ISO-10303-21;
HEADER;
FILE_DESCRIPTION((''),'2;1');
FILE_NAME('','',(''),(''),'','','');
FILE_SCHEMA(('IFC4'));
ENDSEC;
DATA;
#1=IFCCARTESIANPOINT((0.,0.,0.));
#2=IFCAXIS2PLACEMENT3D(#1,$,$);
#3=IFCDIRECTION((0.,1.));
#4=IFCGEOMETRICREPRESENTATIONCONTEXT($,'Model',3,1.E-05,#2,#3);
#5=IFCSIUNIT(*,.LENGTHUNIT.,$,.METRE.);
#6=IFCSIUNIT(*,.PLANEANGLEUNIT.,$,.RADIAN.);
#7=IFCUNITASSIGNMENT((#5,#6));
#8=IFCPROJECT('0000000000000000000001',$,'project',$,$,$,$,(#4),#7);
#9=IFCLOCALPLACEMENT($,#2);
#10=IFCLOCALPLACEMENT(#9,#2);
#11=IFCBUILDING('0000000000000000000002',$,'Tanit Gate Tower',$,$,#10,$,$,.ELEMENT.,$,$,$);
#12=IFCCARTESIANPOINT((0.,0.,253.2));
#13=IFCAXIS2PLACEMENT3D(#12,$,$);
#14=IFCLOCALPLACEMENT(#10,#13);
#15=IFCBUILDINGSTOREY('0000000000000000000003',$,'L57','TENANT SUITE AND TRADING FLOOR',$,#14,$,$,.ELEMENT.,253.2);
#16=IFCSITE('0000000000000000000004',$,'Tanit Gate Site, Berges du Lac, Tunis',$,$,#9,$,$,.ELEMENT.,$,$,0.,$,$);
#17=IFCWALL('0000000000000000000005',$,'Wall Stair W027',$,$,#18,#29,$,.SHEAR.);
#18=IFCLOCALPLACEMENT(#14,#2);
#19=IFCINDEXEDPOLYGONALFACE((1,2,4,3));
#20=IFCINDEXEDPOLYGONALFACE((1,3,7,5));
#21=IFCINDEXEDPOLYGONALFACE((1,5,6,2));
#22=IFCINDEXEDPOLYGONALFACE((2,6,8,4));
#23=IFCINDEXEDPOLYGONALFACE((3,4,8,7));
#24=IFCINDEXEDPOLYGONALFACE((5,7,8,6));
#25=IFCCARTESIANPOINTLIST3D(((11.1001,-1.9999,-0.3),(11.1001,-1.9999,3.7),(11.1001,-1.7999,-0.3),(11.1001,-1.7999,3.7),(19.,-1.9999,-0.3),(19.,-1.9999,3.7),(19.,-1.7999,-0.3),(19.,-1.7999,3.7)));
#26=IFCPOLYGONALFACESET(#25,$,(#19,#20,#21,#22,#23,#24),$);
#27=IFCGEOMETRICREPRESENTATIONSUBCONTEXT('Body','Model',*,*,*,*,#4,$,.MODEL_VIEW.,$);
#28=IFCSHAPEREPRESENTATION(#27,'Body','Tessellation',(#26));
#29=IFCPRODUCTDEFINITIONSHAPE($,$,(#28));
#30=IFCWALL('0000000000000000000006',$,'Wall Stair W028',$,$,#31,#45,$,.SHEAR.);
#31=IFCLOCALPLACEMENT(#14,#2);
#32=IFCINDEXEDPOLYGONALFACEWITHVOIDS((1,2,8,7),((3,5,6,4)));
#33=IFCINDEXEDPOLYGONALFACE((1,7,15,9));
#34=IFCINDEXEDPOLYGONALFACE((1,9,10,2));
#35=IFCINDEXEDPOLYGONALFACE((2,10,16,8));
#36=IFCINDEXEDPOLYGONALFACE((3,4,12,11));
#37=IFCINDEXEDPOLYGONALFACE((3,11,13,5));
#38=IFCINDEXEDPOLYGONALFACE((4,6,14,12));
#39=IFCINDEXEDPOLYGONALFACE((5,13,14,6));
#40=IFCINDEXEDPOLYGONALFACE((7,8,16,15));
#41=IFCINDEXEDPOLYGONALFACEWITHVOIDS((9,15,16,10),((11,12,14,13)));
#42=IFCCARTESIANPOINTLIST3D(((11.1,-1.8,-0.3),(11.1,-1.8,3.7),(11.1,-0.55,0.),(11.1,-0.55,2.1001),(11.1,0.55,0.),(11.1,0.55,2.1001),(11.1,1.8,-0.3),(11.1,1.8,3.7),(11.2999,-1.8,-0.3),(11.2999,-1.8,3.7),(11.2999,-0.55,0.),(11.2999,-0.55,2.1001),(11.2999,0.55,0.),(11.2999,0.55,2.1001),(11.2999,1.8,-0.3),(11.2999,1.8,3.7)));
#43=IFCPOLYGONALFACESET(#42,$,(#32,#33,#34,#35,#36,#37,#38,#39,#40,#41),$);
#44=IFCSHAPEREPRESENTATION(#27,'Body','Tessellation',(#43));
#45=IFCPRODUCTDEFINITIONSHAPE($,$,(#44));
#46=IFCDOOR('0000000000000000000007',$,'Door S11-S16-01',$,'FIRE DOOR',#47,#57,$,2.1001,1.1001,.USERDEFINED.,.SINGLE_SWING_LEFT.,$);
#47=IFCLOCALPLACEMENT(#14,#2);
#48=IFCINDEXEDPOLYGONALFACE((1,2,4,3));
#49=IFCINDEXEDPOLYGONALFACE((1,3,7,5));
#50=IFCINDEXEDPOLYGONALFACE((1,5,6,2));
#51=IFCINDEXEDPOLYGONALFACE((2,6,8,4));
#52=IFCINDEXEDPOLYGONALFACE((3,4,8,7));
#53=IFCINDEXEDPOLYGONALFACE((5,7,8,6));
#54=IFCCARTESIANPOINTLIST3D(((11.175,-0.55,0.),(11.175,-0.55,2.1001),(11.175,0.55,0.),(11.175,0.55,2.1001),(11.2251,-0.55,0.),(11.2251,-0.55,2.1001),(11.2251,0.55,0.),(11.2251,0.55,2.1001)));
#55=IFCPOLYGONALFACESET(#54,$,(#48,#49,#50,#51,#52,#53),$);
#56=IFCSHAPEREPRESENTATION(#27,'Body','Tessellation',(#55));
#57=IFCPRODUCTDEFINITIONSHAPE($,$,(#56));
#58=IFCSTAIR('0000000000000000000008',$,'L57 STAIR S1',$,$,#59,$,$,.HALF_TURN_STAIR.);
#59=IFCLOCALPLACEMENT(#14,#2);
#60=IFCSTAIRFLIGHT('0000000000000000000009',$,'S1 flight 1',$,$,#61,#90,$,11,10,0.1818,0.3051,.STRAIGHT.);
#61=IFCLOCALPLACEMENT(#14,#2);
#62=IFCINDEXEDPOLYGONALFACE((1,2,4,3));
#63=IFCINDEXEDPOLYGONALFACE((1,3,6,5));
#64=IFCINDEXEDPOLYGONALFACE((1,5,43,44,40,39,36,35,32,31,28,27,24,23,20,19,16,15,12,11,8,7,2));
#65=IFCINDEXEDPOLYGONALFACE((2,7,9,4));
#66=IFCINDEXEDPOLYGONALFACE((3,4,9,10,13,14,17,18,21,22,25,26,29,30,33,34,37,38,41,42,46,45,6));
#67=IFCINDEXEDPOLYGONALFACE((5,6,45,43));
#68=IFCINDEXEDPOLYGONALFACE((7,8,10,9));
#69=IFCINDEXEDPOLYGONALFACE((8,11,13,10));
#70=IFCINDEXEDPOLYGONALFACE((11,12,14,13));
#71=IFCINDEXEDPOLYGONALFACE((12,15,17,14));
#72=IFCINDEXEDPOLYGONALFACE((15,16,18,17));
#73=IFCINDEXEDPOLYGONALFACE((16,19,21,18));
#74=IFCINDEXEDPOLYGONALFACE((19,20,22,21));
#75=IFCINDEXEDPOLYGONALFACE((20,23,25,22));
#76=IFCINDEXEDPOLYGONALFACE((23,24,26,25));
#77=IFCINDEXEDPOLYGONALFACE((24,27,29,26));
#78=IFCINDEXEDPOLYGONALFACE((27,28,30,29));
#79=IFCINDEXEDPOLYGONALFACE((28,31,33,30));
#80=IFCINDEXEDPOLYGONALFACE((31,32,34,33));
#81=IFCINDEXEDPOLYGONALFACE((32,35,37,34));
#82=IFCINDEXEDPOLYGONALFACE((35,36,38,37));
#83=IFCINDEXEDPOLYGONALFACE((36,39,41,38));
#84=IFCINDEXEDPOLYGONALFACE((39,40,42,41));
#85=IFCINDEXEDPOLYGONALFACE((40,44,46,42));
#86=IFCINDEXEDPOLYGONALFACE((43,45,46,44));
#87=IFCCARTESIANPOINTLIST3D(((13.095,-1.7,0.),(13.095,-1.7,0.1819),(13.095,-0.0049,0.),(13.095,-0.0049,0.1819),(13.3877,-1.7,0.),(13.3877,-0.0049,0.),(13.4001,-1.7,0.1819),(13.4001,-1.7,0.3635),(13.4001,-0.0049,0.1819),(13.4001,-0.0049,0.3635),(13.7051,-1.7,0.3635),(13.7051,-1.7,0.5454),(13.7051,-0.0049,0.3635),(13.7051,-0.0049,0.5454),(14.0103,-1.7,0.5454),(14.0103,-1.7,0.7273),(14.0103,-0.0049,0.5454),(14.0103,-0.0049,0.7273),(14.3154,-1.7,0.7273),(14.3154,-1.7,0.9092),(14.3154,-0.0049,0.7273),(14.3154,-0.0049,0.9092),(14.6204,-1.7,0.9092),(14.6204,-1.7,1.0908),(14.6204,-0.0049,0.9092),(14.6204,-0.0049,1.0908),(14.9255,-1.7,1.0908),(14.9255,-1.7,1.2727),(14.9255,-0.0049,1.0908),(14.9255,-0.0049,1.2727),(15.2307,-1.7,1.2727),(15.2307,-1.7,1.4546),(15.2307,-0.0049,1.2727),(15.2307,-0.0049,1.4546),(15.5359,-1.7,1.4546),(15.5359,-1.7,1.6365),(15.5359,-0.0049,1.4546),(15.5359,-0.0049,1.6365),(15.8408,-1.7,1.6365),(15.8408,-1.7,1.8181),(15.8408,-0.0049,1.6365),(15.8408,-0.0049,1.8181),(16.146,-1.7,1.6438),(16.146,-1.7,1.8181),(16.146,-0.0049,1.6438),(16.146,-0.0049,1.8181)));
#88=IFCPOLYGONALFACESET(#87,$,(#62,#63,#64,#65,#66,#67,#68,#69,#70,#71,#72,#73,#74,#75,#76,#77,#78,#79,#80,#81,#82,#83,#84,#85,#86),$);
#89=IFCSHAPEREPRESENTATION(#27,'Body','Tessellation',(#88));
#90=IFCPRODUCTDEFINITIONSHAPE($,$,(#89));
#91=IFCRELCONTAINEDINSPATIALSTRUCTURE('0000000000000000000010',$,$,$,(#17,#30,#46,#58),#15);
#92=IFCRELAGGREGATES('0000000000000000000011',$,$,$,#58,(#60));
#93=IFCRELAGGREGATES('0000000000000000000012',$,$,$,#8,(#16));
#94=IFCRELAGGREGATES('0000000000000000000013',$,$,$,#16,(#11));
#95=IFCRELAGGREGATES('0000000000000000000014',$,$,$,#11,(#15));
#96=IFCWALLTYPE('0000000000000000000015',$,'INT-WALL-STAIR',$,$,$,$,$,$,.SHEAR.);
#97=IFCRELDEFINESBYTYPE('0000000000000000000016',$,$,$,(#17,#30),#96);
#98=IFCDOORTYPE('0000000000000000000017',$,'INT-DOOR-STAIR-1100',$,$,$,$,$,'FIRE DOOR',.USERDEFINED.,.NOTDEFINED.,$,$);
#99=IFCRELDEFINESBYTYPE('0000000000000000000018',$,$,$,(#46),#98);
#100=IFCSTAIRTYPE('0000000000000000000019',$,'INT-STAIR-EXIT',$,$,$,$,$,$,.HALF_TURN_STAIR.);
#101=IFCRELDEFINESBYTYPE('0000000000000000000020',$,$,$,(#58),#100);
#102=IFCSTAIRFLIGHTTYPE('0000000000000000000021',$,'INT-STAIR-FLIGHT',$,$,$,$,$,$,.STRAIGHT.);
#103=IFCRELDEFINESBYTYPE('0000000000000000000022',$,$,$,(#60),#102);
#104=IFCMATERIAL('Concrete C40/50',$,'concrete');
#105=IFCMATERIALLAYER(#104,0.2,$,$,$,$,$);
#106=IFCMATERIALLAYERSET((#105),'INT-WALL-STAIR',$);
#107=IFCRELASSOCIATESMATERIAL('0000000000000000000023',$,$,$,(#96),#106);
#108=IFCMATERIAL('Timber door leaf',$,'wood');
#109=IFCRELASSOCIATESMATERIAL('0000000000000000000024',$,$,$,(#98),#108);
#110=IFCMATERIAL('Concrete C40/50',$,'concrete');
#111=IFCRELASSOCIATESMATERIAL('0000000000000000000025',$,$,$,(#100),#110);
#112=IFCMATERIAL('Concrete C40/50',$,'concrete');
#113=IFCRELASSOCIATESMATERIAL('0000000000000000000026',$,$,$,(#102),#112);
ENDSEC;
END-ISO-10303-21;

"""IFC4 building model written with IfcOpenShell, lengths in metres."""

from ifc_helpers import new_model, si_unit, direction, frame, frame_2d, origin, place, context, subcontext, project, spatial, polyline, rectangle, outline, extrude, material, layer, layer_set, type_object, element, fill, aggregate, save


model = new_model("IFC4")

# Units and contexts
model_context = context("Model", 3, precision=1e-05, world=origin(), true_north=direction((0.0, 1.0)))
body_context = subcontext(model_context, "Body", "Model", "MODEL_VIEW")
ifc_project = project(units=[si_unit("LENGTHUNIT", "METRE"), si_unit("PLANEANGLEUNIT", "RADIAN")], contexts=[model_context])

# Site, building, storey
site_placement = place(None, origin())
site = spatial("IfcSite", under=ifc_project, at=site_placement, Name="Tanit Gate Site, Berges du Lac, Tunis", CompositionType="ELEMENT", RefElevation=0.0)
building_placement = place(site_placement, origin())
building = spatial("IfcBuilding", under=site, at=building_placement, Name="Tanit Gate Tower", CompositionType="ELEMENT")
storey_placement = place(building_placement, frame((0.0, 0.0, 253.2)))
storey = spatial("IfcBuildingStorey", under=building, at=storey_placement, Name="L57", Description="TENANT SUITE AND TRADING FLOOR", CompositionType="ELEMENT", Elevation=253.2)

# Wall
ifc_material_1 = material(Name="Concrete C40/50", Category="concrete")
ifc_layer_1 = layer(ifc_material_1, 0.2)
ifc_layer_set_1 = layer_set([ifc_layer_1], Name="INT-WALL-STAIR")
wall_type_1 = type_object("IfcWallType", Name="INT-WALL-STAIR", PredefinedType="SHEAR", material=ifc_layer_set_1)
wall_1_placement = place(storey_placement, frame((11.1001, -1.8999, -0.3), z_axis=(0.0, 0.0, 1.0), x_axis=(1.0, 0.0, 0.0)))
element("IfcWall", 1, at=wall_1_placement, inside=storey, type_object=wall_type_1, Name="Wall Stair W027", PredefinedType="SHEAR", context=body_context, shape_type="SweptSolid", body=[
    extrude(rectangle(XDim=7.8999, YDim=0.2, at=frame_2d((3.95, 0.0))), origin(), (0.0, 0.0, 1.0), 4.0),
])

# Wall, opening, door
wall_2_placement = place(storey_placement, frame((11.2, -1.8, -0.3), z_axis=(0.0, 0.0, 1.0), x_axis=(0.0, 1.0, 0.0)))
wall_2 = element("IfcWall", 2, at=wall_2_placement, inside=storey, type_object=wall_type_1, Name="Wall Stair W028", PredefinedType="SHEAR", context=body_context, shape_type="SweptSolid", body=[
    extrude(rectangle(XDim=3.6001, YDim=0.2, at=frame_2d((1.8, 0.0))), origin(), (0.0, 0.0, 1.0), 4.0),
])
opening_1_placement = place(wall_2_placement, frame((1.25, 0.0, 0.3)))
opening_1 = element("IfcOpeningElement", 3, at=opening_1_placement, cuts=wall_2, PredefinedType="OPENING", context=body_context, shape_type="SweptSolid", body=[
    extrude(rectangle(XDim=1.1001, YDim=2.1001, at=frame_2d((0.55, 1.05))), frame((0.0, 0.1099, 0.0), z_axis=(0.0, -1.0, 0.0), x_axis=(1.0, 0.0, 0.0)), (0.0, 0.0, 1.0), 0.22),
])
ifc_material_2 = material(Name="Timber door leaf", Category="wood")
door_type_1 = type_object("IfcDoorType", Name="INT-DOOR-STAIR-1100", ElementType="FIRE DOOR", OperationType="NOTDEFINED", PredefinedType="USERDEFINED", material=ifc_material_2)
door_1_placement = place(opening_1_placement, origin())
door_1 = element("IfcDoor", 4, at=door_1_placement, inside=storey, type_object=door_type_1, Name="Door S11-S16-01", ObjectType="FIRE DOOR", OperationType="SINGLE_SWING_LEFT", OverallHeight=2.1001, OverallWidth=1.1001, PredefinedType="USERDEFINED", context=body_context, shape_type="SweptSolid", body=[
    extrude(rectangle(XDim=1.1001, YDim=2.1001, at=frame_2d((0.55, 1.05))), frame((0.0, 0.0249, 0.0), z_axis=(0.0, -1.0, 0.0), x_axis=(1.0, 0.0, 0.0)), (0.0, 0.0, 1.0), 0.05),
])
fill(opening_1, door_1)

# Stair, stair flight
ifc_material_3 = material(Name="Concrete C40/50", Category="concrete")
stair_type = type_object("IfcStairType", Name="INT-STAIR-EXIT", PredefinedType="HALF_TURN_STAIR", material=ifc_material_3)
stair_placement = place(storey_placement, origin())
stair = element("IfcStair", 5, at=stair_placement, inside=storey, type_object=stair_type, Name="L57 STAIR S1", PredefinedType="HALF_TURN_STAIR")
ifc_material_4 = material(Name="Concrete C40/50", Category="concrete")
stair_flight_type = type_object("IfcStairFlightType", Name="INT-STAIR-FLIGHT", PredefinedType="STRAIGHT", material=ifc_material_4)
stair_flight_placement = place(storey_placement, frame((13.095, -0.8525, 0.0), z_axis=(0.0, 0.0, 1.0), x_axis=(1.0, 0.0, 0.0)))
stair_flight = element("IfcStairFlight", 6, at=stair_flight_placement, type_object=stair_flight_type, Name="S1 flight 1", NumberOfRisers=11, NumberOfTreads=10, PredefinedType="STRAIGHT", RiserHeight=0.1818, TreadLength=0.3051, context=body_context, shape_type="SweptSolid", body=[
    extrude(outline(polyline([(0.0, 0.0), (0.0, 0.1819), (0.3052, 0.1819), (0.3052, 0.3635), (0.6101, 0.3635), (0.6101, 0.5454), (0.9153, 0.5454), (0.9153, 0.7273), (1.2205, 0.7273), (1.2205, 0.9092), (1.5254, 0.9092), (1.5254, 1.0908), (1.8306, 1.0908), (1.8306, 1.2727), (2.1357, 1.2727), (2.1357, 1.4546), (2.4409, 1.4546), (2.4409, 1.6365), (2.7458, 1.6365), (2.7458, 1.8181), (3.051, 1.8181), (3.051, 2.0), (3.051, 1.6438), (0.2927, 0.0), (0.0, 0.0)])), frame((0.0, 0.8477, 0.0), z_axis=(0.0, -1.0, 0.0), x_axis=(1.0, 0.0, 0.0)), (0.0, 0.0, 1.0), 1.6951),
])
aggregate(stair, [stair_flight])

save(model, "model.ifc")
